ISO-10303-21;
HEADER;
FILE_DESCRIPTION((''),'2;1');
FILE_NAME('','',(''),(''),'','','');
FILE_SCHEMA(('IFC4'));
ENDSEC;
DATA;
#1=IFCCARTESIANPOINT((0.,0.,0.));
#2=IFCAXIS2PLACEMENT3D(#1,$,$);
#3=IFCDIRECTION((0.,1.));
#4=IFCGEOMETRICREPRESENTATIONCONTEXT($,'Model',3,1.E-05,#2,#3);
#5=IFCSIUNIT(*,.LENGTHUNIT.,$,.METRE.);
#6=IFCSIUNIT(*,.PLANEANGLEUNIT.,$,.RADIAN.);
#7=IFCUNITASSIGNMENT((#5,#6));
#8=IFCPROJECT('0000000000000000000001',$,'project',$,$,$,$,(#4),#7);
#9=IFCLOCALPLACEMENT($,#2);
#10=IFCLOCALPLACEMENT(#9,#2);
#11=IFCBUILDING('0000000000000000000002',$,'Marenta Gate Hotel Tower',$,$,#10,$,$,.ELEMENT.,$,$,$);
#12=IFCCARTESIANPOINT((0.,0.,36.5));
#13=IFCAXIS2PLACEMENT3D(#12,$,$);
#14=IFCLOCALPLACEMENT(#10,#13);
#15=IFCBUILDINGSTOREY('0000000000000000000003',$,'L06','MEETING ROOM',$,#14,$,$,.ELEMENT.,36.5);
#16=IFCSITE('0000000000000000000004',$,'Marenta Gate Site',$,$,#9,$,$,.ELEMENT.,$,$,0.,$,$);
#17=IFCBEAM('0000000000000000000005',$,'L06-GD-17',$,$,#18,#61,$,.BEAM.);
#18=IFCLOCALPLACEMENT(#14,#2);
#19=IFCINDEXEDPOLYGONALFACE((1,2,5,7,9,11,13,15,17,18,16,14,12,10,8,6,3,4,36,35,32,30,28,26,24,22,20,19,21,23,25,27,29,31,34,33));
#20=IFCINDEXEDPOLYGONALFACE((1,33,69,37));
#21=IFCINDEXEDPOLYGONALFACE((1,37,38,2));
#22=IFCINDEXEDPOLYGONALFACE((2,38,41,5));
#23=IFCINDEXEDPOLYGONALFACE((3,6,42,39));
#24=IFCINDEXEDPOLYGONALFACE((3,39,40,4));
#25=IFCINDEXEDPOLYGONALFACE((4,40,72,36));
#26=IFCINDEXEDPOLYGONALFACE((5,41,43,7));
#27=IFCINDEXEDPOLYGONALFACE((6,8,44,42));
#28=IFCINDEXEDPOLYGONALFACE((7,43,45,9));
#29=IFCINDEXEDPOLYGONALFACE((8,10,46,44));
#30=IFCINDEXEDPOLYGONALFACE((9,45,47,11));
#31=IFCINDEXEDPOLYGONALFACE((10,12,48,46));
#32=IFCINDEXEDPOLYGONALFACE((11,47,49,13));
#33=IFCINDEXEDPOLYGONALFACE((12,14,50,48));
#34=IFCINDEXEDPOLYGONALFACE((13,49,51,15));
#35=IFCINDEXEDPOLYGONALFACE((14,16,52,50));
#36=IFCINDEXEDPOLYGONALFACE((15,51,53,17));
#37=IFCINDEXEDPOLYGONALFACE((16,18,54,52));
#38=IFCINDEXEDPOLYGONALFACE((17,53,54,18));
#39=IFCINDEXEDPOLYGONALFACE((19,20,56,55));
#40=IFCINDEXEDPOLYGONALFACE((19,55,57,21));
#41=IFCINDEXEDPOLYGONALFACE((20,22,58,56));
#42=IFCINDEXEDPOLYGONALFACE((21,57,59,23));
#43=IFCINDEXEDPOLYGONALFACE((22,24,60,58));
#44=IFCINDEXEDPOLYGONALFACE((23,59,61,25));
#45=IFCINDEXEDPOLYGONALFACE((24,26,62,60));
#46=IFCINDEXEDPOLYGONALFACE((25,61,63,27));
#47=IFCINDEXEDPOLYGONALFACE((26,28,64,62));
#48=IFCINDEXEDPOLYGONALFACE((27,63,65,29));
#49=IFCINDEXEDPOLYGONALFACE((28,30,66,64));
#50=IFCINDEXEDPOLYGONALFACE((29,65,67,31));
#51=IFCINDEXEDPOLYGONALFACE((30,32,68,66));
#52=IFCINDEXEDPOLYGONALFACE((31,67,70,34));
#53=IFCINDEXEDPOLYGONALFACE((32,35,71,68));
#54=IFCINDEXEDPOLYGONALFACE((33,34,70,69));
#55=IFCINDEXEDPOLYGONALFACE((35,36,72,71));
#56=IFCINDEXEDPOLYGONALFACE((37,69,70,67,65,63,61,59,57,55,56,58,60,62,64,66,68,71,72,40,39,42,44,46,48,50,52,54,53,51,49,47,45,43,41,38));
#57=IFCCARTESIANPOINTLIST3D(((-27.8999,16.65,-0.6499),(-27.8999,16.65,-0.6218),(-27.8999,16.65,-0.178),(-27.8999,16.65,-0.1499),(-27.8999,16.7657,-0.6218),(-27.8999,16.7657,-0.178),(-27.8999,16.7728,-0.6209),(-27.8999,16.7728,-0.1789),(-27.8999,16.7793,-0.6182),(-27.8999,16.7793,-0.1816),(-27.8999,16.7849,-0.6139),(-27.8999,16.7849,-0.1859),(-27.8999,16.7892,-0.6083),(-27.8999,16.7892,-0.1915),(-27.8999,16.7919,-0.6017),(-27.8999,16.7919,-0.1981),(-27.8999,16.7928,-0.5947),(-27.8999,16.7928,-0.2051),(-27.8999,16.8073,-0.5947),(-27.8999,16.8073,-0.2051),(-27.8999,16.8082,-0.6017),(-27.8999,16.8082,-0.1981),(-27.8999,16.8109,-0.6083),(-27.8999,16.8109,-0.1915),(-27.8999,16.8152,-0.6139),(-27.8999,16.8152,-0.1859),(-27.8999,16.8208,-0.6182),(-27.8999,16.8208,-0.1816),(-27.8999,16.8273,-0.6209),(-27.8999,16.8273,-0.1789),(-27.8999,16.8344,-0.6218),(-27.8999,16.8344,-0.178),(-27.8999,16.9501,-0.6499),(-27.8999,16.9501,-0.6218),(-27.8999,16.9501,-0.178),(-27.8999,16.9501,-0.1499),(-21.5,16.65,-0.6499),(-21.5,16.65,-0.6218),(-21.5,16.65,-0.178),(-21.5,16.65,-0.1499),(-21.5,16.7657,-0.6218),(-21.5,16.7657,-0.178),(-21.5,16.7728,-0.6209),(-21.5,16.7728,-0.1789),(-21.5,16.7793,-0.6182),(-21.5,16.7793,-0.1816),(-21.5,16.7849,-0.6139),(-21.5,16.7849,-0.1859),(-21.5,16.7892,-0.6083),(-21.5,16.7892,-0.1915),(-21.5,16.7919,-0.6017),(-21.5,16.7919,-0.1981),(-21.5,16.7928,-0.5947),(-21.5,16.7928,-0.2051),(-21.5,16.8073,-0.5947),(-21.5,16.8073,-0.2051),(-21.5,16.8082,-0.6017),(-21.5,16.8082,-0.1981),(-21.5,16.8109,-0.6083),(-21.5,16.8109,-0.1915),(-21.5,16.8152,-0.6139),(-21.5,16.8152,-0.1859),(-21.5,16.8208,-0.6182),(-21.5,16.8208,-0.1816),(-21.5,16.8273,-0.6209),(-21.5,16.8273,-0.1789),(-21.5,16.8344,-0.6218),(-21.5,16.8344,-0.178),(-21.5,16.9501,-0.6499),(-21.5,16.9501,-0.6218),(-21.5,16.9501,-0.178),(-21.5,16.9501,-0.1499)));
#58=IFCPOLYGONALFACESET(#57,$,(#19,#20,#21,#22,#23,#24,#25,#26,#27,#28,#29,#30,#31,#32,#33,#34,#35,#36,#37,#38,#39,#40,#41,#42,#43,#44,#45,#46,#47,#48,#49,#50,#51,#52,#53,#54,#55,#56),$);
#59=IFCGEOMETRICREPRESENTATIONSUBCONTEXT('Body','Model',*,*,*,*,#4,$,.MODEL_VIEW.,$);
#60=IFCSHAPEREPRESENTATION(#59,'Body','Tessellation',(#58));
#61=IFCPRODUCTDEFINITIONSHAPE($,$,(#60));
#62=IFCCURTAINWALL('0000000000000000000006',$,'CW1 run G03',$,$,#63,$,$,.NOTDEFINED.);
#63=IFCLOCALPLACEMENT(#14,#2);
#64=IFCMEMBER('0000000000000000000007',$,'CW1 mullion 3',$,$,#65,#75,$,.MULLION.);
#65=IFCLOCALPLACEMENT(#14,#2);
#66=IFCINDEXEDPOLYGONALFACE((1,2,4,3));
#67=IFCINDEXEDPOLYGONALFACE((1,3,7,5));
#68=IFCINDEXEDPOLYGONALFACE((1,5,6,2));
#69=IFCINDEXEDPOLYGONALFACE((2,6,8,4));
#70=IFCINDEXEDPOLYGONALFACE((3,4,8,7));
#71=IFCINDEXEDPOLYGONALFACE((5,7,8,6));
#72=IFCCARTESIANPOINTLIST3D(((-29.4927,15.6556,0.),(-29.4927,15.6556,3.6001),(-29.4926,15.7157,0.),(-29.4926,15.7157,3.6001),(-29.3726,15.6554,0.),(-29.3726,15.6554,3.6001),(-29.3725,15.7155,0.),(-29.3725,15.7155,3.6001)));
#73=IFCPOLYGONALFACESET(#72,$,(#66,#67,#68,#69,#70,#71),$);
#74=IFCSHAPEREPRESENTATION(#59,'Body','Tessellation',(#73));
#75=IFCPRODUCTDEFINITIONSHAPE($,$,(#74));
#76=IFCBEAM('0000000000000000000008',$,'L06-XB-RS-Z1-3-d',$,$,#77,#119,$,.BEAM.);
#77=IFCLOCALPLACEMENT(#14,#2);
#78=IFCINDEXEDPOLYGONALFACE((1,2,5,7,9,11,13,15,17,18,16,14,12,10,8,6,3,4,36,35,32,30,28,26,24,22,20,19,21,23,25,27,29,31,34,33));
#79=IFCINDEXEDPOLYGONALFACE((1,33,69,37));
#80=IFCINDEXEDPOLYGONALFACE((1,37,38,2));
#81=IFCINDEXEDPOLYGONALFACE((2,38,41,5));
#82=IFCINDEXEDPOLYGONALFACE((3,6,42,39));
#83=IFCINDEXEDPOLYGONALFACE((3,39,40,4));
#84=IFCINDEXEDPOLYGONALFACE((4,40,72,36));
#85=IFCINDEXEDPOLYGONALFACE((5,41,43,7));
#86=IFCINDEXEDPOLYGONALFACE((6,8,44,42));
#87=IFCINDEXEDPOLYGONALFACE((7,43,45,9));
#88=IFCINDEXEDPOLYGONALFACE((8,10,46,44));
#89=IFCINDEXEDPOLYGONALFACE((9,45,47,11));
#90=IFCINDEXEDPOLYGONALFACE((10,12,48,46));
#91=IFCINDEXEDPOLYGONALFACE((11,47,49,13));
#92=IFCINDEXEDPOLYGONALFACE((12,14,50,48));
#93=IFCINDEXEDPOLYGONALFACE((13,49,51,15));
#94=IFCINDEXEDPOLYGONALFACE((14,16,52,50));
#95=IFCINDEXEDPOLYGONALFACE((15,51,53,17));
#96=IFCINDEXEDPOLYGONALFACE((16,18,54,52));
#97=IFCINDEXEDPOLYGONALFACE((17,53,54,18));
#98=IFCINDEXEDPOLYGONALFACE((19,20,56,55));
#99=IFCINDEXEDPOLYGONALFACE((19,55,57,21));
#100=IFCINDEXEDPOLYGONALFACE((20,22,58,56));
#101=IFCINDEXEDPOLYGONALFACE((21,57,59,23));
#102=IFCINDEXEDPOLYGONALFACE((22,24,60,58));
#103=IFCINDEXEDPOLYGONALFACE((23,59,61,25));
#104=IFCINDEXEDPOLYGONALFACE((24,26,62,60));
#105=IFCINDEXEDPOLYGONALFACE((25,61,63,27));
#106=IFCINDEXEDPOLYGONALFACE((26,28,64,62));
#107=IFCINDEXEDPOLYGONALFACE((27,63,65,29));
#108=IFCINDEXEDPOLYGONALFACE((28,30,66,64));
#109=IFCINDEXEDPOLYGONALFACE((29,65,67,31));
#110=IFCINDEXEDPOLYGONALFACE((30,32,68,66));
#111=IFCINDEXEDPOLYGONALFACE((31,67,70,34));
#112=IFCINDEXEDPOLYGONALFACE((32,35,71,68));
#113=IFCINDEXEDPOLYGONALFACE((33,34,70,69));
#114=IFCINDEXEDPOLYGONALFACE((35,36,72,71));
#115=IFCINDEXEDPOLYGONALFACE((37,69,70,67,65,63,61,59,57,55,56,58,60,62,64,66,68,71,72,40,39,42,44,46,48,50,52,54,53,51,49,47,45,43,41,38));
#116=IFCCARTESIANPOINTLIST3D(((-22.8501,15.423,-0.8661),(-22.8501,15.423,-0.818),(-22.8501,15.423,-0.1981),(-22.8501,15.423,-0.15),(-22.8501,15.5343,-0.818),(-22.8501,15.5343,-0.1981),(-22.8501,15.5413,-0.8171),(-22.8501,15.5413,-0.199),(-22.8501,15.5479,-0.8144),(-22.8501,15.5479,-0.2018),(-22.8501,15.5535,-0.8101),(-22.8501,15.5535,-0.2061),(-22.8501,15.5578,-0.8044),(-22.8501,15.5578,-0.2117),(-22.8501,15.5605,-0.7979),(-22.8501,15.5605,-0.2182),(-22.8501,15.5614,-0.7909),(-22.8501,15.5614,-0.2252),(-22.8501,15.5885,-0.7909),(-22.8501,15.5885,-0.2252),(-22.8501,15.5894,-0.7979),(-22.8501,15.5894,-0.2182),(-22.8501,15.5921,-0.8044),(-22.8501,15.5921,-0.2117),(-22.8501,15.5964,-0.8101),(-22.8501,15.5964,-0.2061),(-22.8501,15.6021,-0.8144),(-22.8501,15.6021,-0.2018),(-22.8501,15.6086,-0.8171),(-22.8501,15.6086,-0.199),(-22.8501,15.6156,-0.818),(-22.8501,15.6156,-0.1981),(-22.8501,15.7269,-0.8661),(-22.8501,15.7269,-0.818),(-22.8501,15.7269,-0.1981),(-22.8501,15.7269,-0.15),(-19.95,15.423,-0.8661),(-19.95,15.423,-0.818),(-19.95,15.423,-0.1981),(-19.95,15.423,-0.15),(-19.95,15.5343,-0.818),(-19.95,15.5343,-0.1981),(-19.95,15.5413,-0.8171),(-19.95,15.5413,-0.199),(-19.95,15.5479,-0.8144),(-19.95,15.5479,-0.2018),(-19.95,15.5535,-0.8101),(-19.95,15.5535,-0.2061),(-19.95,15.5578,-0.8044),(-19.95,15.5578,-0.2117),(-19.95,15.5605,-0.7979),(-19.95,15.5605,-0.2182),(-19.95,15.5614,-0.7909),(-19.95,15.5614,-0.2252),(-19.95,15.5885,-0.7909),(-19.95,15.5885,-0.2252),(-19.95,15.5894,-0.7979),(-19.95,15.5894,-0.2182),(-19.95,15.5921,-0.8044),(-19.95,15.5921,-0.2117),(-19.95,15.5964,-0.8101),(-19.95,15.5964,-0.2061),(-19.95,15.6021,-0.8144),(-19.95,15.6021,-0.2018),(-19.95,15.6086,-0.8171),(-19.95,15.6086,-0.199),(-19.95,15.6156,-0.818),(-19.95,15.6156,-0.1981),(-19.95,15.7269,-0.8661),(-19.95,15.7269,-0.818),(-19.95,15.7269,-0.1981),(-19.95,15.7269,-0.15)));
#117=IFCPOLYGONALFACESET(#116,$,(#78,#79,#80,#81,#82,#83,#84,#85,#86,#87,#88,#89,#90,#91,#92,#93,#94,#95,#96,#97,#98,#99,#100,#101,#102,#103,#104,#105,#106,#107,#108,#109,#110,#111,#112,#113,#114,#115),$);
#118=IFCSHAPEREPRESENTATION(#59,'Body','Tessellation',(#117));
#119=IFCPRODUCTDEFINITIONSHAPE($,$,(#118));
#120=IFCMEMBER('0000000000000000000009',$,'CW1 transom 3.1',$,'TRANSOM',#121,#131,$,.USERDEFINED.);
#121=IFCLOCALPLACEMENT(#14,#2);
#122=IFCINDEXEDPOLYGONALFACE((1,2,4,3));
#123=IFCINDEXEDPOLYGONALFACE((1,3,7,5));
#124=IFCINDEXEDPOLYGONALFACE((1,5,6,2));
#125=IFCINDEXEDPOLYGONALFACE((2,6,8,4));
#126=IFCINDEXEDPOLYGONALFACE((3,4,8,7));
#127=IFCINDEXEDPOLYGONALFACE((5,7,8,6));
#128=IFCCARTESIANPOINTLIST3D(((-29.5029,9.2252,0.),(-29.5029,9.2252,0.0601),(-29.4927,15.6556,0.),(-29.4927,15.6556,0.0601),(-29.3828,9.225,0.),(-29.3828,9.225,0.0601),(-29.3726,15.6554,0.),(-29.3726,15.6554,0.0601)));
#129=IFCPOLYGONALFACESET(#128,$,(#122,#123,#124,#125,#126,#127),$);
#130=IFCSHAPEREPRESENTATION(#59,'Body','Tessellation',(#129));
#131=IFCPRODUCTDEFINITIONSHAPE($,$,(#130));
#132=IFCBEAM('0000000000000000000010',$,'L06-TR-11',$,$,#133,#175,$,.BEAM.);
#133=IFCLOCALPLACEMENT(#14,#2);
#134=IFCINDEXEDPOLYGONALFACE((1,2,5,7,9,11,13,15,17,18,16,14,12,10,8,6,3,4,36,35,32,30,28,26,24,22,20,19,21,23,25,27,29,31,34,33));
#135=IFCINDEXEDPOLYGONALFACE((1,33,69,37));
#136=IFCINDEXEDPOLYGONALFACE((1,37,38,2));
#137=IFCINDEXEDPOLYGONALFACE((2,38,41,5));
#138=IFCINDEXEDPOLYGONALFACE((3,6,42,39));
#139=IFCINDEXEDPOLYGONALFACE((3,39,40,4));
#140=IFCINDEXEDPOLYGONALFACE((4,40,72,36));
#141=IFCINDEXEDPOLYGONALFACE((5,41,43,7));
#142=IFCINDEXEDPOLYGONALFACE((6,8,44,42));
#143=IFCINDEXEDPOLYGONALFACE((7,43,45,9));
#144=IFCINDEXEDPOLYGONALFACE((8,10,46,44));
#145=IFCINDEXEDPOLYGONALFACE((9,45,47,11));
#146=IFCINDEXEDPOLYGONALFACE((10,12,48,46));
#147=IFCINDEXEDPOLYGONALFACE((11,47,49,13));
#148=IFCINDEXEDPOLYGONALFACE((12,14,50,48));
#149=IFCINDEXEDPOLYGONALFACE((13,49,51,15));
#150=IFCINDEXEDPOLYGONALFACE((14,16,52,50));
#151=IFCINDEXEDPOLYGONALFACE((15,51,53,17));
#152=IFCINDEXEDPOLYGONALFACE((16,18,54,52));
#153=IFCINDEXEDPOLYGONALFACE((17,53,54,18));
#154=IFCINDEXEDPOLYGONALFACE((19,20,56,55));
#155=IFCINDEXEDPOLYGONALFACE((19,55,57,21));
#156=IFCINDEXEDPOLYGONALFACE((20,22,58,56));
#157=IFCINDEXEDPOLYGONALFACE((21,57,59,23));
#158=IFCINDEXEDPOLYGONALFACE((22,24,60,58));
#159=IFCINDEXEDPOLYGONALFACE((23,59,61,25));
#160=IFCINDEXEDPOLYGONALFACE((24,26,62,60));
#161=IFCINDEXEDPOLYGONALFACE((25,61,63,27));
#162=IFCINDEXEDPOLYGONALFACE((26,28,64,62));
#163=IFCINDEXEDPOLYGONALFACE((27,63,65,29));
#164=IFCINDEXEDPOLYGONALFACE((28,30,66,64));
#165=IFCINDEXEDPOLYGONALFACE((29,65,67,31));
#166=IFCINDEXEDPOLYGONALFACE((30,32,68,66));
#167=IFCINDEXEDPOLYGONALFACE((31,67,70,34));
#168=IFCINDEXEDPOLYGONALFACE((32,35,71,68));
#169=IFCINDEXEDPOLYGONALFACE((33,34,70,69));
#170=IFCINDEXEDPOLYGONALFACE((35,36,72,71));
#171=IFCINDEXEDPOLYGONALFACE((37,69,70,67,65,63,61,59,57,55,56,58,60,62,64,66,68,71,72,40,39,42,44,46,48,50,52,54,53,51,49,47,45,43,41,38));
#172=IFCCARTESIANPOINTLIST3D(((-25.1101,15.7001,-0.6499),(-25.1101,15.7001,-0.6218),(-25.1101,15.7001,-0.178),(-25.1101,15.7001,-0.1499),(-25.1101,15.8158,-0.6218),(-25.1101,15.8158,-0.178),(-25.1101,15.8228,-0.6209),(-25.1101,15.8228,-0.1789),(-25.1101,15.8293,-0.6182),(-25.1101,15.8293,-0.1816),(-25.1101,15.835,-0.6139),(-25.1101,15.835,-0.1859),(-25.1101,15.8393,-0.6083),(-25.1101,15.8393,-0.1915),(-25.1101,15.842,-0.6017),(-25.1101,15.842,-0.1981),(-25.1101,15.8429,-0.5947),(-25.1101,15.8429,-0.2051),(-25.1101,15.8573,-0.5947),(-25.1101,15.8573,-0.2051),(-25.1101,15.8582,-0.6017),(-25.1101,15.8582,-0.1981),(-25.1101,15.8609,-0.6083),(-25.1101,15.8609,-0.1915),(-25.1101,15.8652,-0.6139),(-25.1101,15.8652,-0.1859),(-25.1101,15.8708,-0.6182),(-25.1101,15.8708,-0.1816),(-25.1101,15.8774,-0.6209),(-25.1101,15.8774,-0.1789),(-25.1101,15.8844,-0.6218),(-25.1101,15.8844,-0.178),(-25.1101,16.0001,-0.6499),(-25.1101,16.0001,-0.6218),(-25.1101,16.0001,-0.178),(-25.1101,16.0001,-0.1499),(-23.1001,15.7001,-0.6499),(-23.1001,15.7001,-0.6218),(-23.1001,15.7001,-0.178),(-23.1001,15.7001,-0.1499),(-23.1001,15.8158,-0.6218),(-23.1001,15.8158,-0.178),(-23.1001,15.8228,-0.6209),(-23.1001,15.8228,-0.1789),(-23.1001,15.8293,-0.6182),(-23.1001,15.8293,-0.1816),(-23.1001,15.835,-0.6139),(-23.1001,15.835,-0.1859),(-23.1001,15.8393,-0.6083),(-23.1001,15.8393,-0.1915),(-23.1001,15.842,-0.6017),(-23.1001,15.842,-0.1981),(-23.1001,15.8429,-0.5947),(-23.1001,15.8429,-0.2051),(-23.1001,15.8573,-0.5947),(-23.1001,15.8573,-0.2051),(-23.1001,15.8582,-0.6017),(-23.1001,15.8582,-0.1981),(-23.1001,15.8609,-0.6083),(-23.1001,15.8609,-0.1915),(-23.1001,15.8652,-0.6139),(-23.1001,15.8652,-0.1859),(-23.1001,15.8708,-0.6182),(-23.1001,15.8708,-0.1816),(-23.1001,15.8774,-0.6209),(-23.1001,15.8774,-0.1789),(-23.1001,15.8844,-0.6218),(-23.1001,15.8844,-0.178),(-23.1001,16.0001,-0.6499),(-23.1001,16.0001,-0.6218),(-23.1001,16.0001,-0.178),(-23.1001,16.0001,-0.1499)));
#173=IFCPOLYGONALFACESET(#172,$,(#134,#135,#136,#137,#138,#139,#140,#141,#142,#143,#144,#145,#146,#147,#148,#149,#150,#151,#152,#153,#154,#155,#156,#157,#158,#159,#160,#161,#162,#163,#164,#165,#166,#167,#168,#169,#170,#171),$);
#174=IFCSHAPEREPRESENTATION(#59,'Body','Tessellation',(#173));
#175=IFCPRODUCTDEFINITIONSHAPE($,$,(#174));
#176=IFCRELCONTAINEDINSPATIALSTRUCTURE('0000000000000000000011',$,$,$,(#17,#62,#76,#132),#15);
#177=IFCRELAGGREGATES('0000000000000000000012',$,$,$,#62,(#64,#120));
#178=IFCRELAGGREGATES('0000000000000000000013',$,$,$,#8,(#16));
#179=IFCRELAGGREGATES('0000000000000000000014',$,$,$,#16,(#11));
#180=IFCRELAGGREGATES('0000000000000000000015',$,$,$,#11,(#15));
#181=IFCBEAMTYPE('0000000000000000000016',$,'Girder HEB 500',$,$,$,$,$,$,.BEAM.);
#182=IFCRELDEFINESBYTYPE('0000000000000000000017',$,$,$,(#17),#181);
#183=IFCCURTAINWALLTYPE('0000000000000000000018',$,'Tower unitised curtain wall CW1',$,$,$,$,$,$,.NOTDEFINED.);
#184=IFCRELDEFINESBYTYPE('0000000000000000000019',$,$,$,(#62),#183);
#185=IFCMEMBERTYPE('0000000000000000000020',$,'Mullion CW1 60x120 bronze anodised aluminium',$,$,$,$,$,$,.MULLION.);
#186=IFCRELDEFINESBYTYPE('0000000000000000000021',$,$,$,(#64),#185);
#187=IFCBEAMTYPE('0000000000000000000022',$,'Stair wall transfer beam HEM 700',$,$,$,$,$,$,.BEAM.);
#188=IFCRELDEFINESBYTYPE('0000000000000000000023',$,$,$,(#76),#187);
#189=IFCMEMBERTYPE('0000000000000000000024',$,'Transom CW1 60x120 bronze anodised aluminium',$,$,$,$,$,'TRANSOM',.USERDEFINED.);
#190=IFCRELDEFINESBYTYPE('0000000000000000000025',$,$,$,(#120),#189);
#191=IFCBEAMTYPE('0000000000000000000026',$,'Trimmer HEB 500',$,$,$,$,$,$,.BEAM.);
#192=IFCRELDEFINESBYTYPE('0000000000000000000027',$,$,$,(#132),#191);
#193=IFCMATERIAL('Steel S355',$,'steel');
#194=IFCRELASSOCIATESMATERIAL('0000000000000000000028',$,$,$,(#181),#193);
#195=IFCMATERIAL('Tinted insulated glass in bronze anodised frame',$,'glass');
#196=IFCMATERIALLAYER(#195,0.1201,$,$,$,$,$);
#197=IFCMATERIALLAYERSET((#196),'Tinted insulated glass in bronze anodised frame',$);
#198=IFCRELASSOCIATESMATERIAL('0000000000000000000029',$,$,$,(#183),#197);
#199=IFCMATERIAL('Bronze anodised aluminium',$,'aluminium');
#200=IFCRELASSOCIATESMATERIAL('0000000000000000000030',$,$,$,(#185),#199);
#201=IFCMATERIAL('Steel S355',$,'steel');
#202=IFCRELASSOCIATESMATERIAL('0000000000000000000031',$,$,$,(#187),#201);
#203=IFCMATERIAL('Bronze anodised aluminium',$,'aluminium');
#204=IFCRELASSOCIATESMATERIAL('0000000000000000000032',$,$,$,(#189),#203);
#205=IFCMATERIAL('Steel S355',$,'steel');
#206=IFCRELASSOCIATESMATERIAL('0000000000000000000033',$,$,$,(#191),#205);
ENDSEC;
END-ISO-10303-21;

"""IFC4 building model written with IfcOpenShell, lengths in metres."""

from ifc_helpers import new_model, si_unit, direction, frame, origin, origin_2d, place, context, subcontext, project, spatial, rectangle, i_section, extrude, material, layer, layer_set, material_profile, profile_set, type_object, element, aggregate, save


model = new_model("IFC4")

# Units and contexts
model_context = context("Model", 3, precision=1e-05, world=origin(), true_north=direction((0.0, 1.0)))
body_context = subcontext(model_context, "Body", "Model", "MODEL_VIEW")
ifc_project = project(units=[si_unit("LENGTHUNIT", "METRE"), si_unit("PLANEANGLEUNIT", "RADIAN")], contexts=[model_context])

# Site, building, storey
site_placement = place(None, origin())
site = spatial("IfcSite", under=ifc_project, at=site_placement, Name="Marenta Gate Site", CompositionType="ELEMENT", RefElevation=0.0)
building_placement = place(site_placement, origin())
building = spatial("IfcBuilding", under=site, at=building_placement, Name="Marenta Gate Hotel Tower", CompositionType="ELEMENT")
storey_placement = place(building_placement, frame((0.0, 0.0, 36.5)))
storey = spatial("IfcBuildingStorey", under=building, at=storey_placement, Name="L06", Description="MEETING ROOM", CompositionType="ELEMENT", Elevation=36.5)

# Beam
ifc_material_1 = material(Name="Steel S355", Category="steel")
ifc_material_profile_1 = material_profile(ifc_material_1, i_section(OverallWidth=0.3, OverallDepth=0.5, WebThickness=0.0144, FlangeThickness=0.0281, FilletRadius=0.0271, at=origin_2d()), Name="HEB 500")
ifc_profile_set_1 = profile_set([ifc_material_profile_1], Name="Steel S355")
beam_type_1 = type_object("IfcBeamType", Name="Girder HEB 500", PredefinedType="BEAM", material=ifc_profile_set_1)
beam_1_placement = place(storey_placement, frame((-27.8999, 16.8, -0.3999), z_axis=(1.0, 0.0, 0.0), x_axis=(0.0, 1.0, 0.0)))
element("IfcBeam", 1, at=beam_1_placement, inside=storey, type_object=beam_type_1, Name="L06-GD-17", PredefinedType="BEAM", context=body_context, shape_type="SweptSolid", body=[
    extrude(i_section(OverallWidth=0.3, OverallDepth=0.5, WebThickness=0.0144, FlangeThickness=0.0281, FilletRadius=0.0271, at=origin_2d()), origin(), (0.0, 0.0, 1.0), 6.3999),
])

# Curtain wall, member
ifc_material_2 = material(Name="Tinted insulated glass in bronze anodised frame", Category="glass")
ifc_layer_1 = layer(ifc_material_2, 0.1201)
ifc_layer_set_1 = layer_set([ifc_layer_1], Name="Tinted insulated glass in bronze anodised frame")
curtain_wall_type = type_object("IfcCurtainWallType", Name="Tower unitised curtain wall CW1", PredefinedType="NOTDEFINED", material=ifc_layer_set_1)
curtain_wall_placement = place(storey_placement, origin())
curtain_wall = element("IfcCurtainWall", 2, at=curtain_wall_placement, inside=storey, type_object=curtain_wall_type, Name="CW1 run G03", PredefinedType="NOTDEFINED")
ifc_material_3 = material(Name="Bronze anodised aluminium", Category="aluminium")
ifc_material_profile_2 = material_profile(ifc_material_3, rectangle(XDim=0.1201, YDim=0.0601, at=origin_2d()), Name="Mullion CW1 60x120 bronze anodised aluminium")
ifc_profile_set_2 = profile_set([ifc_material_profile_2], Name="Bronze anodised aluminium")
member_type_1 = type_object("IfcMemberType", Name="Mullion CW1 60x120 bronze anodised aluminium", PredefinedType="MULLION", material=ifc_profile_set_2)
member_1_placement = place(storey_placement, frame((-29.4326, 15.6855, 0.0), z_axis=(0.0, 0.0, 1.0), x_axis=(0.999999, -0.001566, 0.0)))
member_1 = element("IfcMember", 3, at=member_1_placement, type_object=member_type_1, Name="CW1 mullion 3", PredefinedType="MULLION", context=body_context, shape_type="SweptSolid", body=[
    extrude(rectangle(XDim=0.1201, YDim=0.0601, at=origin_2d()), origin(), (0.0, 0.0, 1.0), 3.6001),
])

# Beam
ifc_material_4 = material(Name="Steel S355", Category="steel")
ifc_material_profile_3 = material_profile(ifc_material_4, i_section(OverallWidth=0.304, OverallDepth=0.7161, WebThickness=0.0271, FlangeThickness=0.0481, FilletRadius=0.0271, at=origin_2d()), Name="HEM 700")
ifc_profile_set_3 = profile_set([ifc_material_profile_3], Name="Steel S355")
beam_type_2 = type_object("IfcBeamType", Name="Stair wall transfer beam HEM 700", PredefinedType="BEAM", material=ifc_profile_set_3)
beam_2_placement = place(storey_placement, frame((-22.8501, 15.575, -0.5081), z_axis=(1.0, 0.0, 0.0), x_axis=(0.0, 1.0, 0.0)))
element("IfcBeam", 4, at=beam_2_placement, inside=storey, type_object=beam_type_2, Name="L06-XB-RS-Z1-3-d", PredefinedType="BEAM", context=body_context, shape_type="SweptSolid", body=[
    extrude(i_section(OverallWidth=0.304, OverallDepth=0.7161, WebThickness=0.0271, FlangeThickness=0.0481, FilletRadius=0.0271, at=origin_2d()), origin(), (0.0, 0.0, 1.0), 2.9001),
])

# Member
ifc_material_5 = material(Name="Bronze anodised aluminium", Category="aluminium")
ifc_material_profile_4 = material_profile(ifc_material_5, rectangle(XDim=0.1201, YDim=0.0601, at=origin_2d()), Name="Transom CW1 60x120 bronze anodised aluminium")
ifc_profile_set_4 = profile_set([ifc_material_profile_4], Name="Bronze anodised aluminium")
member_type_2 = type_object("IfcMemberType", Name="Transom CW1 60x120 bronze anodised aluminium", ElementType="TRANSOM", PredefinedType="USERDEFINED", material=ifc_profile_set_4)
member_2_placement = place(storey_placement, frame((-29.4326, 15.6555, 0.03), z_axis=(-0.001595, -0.999999, 0.0), x_axis=(0.999999, -0.001595, 0.0)))
member_2 = element("IfcMember", 5, at=member_2_placement, type_object=member_type_2, Name="CW1 transom 3.1", ObjectType="TRANSOM", PredefinedType="USERDEFINED", context=body_context, shape_type="SweptSolid", body=[
    extrude(rectangle(XDim=0.1201, YDim=0.0601, at=origin_2d()), origin(), (0.0, 0.0, 1.0), 6.4304),
])

# Beam
ifc_material_6 = material(Name="Steel S355", Category="steel")
ifc_material_profile_5 = material_profile(ifc_material_6, i_section(OverallWidth=0.3, OverallDepth=0.5, WebThickness=0.0144, FlangeThickness=0.0281, FilletRadius=0.0271, at=origin_2d()), Name="HEB 500")
ifc_profile_set_5 = profile_set([ifc_material_profile_5], Name="Steel S355")
beam_type_3 = type_object("IfcBeamType", Name="Trimmer HEB 500", PredefinedType="BEAM", material=ifc_profile_set_5)
beam_3_placement = place(storey_placement, frame((-25.1101, 15.8501, -0.3999), z_axis=(1.0, 0.0, 0.0), x_axis=(0.0, 1.0, 0.0)))
element("IfcBeam", 6, at=beam_3_placement, inside=storey, type_object=beam_type_3, Name="L06-TR-11", PredefinedType="BEAM", context=body_context, shape_type="SweptSolid", body=[
    extrude(i_section(OverallWidth=0.3, OverallDepth=0.5, WebThickness=0.0144, FlangeThickness=0.0281, FilletRadius=0.0271, at=origin_2d()), origin(), (0.0, 0.0, 1.0), 2.01),
])

aggregate(curtain_wall, [member_1, member_2])

save(model, "model.ifc")
